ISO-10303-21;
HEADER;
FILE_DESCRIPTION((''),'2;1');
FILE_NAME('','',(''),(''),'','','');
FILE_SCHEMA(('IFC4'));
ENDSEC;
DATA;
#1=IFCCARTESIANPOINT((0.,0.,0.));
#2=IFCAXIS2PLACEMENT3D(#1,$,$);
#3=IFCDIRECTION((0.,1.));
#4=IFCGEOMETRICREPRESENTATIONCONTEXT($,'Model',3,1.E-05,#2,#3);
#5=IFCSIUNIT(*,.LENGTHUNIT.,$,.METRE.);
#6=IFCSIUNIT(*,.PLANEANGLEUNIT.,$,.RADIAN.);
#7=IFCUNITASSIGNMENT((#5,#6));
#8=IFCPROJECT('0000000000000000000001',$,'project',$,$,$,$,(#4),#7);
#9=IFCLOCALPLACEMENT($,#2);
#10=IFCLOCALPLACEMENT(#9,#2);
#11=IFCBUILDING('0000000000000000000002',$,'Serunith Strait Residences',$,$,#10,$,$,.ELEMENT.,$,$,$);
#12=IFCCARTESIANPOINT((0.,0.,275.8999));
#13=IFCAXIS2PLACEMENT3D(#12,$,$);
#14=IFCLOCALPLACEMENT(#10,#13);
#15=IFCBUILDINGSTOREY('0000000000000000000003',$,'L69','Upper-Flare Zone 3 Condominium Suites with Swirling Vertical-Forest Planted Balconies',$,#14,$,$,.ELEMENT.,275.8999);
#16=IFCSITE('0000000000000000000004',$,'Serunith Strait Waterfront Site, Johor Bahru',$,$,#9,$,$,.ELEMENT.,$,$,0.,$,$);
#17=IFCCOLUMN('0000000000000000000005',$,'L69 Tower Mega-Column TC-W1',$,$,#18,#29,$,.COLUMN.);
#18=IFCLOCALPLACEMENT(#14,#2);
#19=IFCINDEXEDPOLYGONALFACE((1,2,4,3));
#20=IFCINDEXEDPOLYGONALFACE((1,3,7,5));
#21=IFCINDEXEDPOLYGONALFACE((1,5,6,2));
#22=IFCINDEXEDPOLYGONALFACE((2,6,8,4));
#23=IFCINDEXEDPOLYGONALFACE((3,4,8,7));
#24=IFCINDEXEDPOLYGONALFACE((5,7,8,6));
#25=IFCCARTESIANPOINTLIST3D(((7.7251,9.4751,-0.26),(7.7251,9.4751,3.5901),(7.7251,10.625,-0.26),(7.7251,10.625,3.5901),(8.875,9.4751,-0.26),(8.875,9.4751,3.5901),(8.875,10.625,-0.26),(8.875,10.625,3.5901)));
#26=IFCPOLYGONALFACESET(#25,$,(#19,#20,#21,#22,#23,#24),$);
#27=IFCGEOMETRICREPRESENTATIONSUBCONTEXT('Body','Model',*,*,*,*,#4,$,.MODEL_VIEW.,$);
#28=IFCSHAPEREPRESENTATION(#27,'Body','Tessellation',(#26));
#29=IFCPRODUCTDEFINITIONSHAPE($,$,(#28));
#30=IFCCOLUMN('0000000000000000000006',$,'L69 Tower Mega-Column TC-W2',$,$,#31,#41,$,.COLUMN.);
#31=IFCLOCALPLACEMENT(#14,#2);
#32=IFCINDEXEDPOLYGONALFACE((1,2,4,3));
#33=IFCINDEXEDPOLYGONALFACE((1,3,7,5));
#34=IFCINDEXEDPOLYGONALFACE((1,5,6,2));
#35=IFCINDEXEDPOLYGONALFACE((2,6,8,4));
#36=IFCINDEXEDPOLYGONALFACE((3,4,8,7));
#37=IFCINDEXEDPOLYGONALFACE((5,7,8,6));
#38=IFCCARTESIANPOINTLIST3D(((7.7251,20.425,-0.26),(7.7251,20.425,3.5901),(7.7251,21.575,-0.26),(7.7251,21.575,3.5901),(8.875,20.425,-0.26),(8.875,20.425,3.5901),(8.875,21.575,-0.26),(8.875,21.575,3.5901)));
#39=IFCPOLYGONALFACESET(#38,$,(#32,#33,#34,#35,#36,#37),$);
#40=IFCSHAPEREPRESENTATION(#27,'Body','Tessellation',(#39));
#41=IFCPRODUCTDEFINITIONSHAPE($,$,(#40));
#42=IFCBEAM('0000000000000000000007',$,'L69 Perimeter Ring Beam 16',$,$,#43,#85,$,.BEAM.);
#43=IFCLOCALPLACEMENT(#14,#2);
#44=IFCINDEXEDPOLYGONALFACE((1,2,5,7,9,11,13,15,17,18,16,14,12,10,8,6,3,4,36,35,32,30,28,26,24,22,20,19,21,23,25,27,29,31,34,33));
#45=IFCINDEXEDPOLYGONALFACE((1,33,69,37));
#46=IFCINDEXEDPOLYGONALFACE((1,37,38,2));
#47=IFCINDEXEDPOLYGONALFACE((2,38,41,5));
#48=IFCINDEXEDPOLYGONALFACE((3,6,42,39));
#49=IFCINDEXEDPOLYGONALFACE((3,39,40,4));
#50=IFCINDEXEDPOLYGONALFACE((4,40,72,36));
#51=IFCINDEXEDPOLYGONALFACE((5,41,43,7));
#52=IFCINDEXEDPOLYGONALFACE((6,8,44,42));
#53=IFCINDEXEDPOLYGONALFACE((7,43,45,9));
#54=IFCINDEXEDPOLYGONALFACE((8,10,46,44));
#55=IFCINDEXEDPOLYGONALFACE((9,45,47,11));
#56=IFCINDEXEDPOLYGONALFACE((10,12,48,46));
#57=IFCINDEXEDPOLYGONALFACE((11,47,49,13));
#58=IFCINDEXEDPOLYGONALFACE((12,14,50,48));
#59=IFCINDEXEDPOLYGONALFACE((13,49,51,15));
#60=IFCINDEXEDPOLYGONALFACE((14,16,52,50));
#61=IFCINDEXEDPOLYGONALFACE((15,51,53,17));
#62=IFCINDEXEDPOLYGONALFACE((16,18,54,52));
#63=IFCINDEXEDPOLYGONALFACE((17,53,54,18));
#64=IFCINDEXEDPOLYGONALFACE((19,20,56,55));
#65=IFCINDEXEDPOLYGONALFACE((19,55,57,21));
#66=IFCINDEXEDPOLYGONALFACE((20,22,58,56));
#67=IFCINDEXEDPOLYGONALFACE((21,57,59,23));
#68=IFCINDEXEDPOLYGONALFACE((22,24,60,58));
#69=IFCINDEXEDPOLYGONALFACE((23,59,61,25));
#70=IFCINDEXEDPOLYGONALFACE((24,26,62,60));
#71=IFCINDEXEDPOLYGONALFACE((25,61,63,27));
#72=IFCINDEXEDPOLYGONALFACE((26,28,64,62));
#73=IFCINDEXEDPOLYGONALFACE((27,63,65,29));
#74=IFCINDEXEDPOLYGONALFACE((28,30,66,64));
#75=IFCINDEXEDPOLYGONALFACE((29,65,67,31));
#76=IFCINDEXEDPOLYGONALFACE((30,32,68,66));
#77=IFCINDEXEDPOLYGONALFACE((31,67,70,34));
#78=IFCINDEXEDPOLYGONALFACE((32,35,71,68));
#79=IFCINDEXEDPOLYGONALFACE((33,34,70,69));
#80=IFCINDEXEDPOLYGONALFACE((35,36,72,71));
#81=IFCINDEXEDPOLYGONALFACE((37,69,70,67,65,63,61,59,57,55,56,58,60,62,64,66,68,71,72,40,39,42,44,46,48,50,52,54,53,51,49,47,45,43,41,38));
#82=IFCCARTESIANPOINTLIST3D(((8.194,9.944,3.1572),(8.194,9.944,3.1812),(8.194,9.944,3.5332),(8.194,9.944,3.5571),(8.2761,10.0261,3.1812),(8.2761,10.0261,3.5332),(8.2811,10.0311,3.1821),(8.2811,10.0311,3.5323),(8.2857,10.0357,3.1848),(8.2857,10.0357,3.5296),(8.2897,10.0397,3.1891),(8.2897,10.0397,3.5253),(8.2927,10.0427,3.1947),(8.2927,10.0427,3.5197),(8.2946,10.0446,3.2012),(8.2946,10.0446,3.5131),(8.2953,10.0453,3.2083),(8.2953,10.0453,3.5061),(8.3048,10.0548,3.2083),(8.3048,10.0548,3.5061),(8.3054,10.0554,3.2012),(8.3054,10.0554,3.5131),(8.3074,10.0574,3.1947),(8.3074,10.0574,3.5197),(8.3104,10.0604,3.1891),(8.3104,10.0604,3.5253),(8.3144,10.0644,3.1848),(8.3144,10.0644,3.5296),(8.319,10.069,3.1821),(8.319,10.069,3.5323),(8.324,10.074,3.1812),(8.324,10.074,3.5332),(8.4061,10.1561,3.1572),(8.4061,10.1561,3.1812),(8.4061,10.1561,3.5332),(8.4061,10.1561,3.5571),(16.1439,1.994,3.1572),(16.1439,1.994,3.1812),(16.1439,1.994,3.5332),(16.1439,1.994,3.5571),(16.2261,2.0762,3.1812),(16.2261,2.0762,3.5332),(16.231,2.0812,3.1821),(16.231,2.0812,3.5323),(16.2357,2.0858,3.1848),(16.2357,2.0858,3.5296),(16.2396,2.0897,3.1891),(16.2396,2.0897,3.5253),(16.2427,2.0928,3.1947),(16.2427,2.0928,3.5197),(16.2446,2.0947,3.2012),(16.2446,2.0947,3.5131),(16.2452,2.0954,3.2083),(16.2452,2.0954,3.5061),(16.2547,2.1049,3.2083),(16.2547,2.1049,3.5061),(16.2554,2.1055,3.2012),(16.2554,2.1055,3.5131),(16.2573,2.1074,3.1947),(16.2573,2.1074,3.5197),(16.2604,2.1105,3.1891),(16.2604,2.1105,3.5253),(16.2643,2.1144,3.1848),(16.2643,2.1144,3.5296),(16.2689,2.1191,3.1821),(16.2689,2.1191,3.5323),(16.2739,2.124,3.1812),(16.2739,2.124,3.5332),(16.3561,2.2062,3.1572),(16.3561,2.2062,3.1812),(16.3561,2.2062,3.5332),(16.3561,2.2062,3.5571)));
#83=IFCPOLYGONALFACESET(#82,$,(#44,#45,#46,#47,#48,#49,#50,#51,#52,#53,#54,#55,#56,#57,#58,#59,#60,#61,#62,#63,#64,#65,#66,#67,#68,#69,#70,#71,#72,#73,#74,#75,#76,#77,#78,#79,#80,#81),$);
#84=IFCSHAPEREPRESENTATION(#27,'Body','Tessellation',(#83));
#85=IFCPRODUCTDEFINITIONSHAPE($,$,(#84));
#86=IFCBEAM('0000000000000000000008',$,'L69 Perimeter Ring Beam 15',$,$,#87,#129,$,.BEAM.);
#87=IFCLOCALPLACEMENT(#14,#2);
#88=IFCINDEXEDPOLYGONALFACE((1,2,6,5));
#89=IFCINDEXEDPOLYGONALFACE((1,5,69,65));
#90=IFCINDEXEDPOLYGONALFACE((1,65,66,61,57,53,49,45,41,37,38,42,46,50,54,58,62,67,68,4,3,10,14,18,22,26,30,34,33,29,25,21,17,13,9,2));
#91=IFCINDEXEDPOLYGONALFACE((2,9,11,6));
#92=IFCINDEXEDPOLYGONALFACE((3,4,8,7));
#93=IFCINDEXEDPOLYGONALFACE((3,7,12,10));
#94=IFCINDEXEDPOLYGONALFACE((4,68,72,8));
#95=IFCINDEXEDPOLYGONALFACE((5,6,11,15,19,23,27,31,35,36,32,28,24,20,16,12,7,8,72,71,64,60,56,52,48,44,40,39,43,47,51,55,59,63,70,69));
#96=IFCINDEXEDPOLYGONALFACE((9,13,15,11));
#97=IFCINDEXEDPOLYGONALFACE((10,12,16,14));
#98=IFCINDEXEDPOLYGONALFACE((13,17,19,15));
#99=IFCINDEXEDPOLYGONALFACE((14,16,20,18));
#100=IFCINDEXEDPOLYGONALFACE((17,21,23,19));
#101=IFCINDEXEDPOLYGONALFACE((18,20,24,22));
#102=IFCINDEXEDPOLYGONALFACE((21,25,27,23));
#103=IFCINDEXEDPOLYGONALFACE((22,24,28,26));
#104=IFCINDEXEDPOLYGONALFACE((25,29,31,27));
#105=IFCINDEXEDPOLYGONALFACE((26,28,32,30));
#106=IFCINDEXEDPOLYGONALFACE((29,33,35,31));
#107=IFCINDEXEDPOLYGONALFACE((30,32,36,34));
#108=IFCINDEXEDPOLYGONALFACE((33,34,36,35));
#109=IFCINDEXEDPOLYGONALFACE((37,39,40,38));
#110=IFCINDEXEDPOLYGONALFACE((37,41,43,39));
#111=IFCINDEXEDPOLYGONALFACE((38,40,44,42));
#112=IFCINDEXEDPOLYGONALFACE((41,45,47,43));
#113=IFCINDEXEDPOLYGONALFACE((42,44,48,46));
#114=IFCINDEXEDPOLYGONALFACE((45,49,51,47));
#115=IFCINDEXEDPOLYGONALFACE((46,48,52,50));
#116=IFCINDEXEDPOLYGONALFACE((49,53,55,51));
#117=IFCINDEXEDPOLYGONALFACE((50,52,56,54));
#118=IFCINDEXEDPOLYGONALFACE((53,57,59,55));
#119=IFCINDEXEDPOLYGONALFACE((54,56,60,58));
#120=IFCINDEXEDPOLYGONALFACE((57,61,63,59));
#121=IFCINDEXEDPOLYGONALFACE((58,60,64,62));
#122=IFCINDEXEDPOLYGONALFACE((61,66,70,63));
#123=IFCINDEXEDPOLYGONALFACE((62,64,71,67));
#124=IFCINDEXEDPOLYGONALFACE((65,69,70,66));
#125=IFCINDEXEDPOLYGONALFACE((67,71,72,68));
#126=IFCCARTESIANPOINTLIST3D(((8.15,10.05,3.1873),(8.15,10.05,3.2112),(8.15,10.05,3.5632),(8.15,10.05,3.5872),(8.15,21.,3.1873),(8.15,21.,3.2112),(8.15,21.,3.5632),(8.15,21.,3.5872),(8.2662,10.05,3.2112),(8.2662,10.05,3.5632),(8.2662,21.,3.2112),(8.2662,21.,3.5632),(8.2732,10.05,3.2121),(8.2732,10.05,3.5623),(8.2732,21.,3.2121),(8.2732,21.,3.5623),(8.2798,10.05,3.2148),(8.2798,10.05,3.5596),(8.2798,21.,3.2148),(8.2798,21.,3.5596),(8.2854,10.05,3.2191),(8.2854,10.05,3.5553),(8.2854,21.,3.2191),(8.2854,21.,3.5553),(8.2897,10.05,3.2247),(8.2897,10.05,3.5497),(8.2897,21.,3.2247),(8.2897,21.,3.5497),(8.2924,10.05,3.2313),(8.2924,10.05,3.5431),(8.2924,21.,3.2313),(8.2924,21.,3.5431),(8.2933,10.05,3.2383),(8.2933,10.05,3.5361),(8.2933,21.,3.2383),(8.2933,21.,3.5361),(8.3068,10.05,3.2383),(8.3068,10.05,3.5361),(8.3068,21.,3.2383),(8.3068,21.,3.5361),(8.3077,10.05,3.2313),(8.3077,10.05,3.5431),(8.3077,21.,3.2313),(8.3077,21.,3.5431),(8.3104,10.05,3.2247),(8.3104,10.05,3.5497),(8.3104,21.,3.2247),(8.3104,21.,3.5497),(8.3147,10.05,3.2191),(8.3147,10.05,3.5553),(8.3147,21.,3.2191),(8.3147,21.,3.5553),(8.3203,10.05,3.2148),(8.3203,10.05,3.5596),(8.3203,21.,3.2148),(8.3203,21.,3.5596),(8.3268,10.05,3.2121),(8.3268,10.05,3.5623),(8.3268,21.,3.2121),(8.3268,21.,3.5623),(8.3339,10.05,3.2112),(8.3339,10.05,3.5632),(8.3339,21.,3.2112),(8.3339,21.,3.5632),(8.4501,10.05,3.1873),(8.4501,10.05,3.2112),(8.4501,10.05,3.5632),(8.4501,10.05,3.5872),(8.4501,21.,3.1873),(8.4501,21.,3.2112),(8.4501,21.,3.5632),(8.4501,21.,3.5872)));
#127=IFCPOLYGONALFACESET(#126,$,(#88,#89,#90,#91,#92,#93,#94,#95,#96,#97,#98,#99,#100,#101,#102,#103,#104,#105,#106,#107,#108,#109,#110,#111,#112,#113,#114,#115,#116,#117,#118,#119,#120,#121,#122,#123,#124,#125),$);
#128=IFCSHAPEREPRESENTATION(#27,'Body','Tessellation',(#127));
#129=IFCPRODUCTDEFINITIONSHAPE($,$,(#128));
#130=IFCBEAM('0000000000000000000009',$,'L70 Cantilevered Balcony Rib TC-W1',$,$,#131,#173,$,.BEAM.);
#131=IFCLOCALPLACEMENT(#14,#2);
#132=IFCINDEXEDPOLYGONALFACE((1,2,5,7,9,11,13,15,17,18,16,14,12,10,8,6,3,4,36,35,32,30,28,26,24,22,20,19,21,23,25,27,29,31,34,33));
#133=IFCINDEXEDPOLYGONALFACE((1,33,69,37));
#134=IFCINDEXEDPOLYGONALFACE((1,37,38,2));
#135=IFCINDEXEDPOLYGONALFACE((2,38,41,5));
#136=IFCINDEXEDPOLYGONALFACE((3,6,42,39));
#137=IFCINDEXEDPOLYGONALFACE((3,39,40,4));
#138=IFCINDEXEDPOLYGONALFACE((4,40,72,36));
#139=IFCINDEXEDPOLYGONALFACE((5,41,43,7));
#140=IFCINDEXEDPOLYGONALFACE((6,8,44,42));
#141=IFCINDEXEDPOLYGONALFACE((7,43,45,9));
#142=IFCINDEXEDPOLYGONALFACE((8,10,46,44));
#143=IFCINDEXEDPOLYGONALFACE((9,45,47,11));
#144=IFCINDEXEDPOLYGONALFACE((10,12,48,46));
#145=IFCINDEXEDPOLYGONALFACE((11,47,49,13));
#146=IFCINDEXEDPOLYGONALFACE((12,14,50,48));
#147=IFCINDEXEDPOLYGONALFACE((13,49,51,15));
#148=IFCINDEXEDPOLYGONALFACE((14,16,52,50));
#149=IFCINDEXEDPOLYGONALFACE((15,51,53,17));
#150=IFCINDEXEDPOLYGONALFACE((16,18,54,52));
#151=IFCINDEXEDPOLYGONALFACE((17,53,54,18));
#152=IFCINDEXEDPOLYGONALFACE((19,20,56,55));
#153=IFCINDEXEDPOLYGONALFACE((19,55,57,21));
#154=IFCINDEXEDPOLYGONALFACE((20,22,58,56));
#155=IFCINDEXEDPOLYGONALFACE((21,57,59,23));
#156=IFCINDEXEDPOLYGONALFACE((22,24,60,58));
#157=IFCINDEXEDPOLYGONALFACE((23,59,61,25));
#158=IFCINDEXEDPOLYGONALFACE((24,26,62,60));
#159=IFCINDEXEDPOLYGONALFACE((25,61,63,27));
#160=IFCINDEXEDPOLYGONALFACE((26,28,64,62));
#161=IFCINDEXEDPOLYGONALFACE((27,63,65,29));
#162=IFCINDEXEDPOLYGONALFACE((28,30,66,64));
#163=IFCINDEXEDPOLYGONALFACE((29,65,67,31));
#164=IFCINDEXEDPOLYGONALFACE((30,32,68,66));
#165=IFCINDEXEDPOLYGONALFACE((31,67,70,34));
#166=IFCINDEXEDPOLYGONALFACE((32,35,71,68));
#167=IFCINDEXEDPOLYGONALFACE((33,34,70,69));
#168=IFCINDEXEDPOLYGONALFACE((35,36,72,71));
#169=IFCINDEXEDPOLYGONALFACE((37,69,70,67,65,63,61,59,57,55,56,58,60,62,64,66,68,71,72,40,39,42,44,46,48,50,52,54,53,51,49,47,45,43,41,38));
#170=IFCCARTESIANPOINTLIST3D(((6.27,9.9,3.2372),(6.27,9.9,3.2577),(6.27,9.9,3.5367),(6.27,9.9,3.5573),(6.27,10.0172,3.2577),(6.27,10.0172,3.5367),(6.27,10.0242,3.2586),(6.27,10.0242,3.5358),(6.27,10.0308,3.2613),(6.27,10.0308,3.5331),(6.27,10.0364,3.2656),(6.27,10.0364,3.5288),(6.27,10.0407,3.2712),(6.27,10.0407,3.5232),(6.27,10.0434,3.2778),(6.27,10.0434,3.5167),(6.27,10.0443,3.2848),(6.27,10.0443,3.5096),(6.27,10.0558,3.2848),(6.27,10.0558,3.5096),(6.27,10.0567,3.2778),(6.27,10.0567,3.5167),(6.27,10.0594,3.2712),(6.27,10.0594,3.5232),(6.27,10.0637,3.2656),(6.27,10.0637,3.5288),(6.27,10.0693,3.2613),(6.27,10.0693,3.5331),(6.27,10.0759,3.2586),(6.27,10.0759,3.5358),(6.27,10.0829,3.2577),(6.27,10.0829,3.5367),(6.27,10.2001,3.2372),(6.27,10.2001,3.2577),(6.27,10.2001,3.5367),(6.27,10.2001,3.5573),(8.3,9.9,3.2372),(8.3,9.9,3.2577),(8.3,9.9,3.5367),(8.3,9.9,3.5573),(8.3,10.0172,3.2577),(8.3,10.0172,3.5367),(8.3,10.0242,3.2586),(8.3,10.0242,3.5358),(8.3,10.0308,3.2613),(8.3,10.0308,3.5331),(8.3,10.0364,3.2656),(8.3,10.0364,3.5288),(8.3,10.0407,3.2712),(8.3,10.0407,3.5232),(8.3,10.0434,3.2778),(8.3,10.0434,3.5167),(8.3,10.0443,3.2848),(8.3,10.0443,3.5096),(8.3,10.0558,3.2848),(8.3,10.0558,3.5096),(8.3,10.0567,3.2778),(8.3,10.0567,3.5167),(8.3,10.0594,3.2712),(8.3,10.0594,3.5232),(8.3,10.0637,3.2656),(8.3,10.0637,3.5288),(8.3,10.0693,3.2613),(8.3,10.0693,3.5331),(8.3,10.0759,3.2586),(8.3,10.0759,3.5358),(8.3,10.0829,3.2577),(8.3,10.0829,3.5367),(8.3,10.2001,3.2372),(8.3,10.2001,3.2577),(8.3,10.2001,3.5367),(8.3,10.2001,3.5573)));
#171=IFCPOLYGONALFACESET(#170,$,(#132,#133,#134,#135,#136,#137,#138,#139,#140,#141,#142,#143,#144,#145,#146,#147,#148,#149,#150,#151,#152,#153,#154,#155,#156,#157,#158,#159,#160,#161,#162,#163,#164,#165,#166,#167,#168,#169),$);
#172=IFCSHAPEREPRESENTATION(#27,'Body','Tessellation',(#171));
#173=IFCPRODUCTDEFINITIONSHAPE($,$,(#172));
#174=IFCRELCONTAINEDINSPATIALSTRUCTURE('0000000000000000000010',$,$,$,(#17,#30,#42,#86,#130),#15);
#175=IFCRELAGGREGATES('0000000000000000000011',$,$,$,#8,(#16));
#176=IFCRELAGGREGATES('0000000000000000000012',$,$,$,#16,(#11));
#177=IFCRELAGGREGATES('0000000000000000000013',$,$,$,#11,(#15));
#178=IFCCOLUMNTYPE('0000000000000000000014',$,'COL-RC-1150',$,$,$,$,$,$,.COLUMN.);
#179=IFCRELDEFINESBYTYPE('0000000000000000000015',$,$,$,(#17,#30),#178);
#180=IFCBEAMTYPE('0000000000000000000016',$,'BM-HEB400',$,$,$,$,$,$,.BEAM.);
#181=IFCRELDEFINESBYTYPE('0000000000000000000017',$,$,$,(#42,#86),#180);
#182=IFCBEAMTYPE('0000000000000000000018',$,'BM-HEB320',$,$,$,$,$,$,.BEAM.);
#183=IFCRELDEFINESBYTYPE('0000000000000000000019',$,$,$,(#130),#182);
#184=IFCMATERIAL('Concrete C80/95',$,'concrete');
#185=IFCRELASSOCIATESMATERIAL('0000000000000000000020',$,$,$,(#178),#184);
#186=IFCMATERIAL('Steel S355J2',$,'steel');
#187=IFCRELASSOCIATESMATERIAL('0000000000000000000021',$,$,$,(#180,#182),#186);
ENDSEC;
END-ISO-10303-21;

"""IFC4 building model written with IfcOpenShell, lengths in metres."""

from ifc_helpers import new_model, si_unit, direction, frame, origin, origin_2d, place, context, subcontext, project, spatial, rectangle, i_section, extrude, source, transform, mapped, material, material_profile, profile_set, type_object, element, save


model = new_model("IFC4")

# Units and contexts
model_context = context("Model", 3, precision=1e-05, world=origin(), true_north=direction((0.0, 1.0)))
body_context = subcontext(model_context, "Body", "Model", "MODEL_VIEW")
ifc_project = project(units=[si_unit("LENGTHUNIT", "METRE"), si_unit("PLANEANGLEUNIT", "RADIAN")], contexts=[model_context])

# Site, building, storey
site_placement = place(None, origin())
site = spatial("IfcSite", under=ifc_project, at=site_placement, Name="Serunith Strait Waterfront Site, Johor Bahru", CompositionType="ELEMENT", RefElevation=0.0)
building_placement = place(site_placement, origin())
building = spatial("IfcBuilding", under=site, at=building_placement, Name="Serunith Strait Residences", CompositionType="ELEMENT")
storey_placement = place(building_placement, frame((0.0, 0.0, 275.8999)))
storey = spatial("IfcBuildingStorey", under=building, at=storey_placement, Name="L69", Description="Upper-Flare Zone 3 Condominium Suites with Swirling Vertical-Forest Planted Balconies", CompositionType="ELEMENT", Elevation=275.8999)

# Columns
ifc_material_1 = material(Name="Concrete C80/95", Category="concrete")
ifc_material_profile_1 = material_profile(ifc_material_1, rectangle(XDim=1.1499, YDim=1.1499, at=origin_2d()), Name="RC 1150x1150")
ifc_profile_set_1 = profile_set([ifc_material_profile_1], Name="Concrete C80/95")
column_type = type_object("IfcColumnType", Name="COL-RC-1150", PredefinedType="COLUMN", material=ifc_profile_set_1)
shared_shape_1 = source(origin(), body_context, "Body", "SweptSolid", [
    extrude(rectangle(XDim=1.1499, YDim=1.1499, at=origin_2d()), origin(), (0.0, 0.0, 1.0), 3.8501),
])
for number, where, z_axis, x_axis, name in (
    (1, (8.3, 10.05, -0.26), (0.0, 0.0, 1.0), (1.0, 0.0, 0.0), "L69 Tower Mega-Column TC-W1"),
    (2, (8.3, 21.0, -0.26), (0.0, 0.0, 1.0), (1.0, 0.0, 0.0), "L69 Tower Mega-Column TC-W2"),
):
    element("IfcColumn", number, at=place(storey_placement, frame(where, z_axis=z_axis, x_axis=x_axis)), inside=storey, type_object=column_type, Name=name, PredefinedType="COLUMN", context=body_context, shape_type="MappedRepresentation", body=[
        mapped(shared_shape_1, transform((0.0, 0.0, 0.0), scale=1.0)),
    ])

# Beams
ifc_material_2 = material(Name="Steel S355J2", Category="steel")
ifc_material_profile_2 = material_profile(ifc_material_2, i_section(OverallWidth=0.3, OverallDepth=0.3999, WebThickness=0.0134, FlangeThickness=0.0239, FilletRadius=0.0271, at=origin_2d()), Name="HEB 400")
ifc_profile_set_2 = profile_set([ifc_material_profile_2], Name="Steel S355J2")
beam_type_1 = type_object("IfcBeamType", Name="BM-HEB400", PredefinedType="BEAM", material=ifc_profile_set_2)
shared_shape_2 = source(origin(), body_context, "Body", "SweptSolid", [
    extrude(i_section(OverallWidth=0.3, OverallDepth=0.3999, WebThickness=0.0134, FlangeThickness=0.0239, FilletRadius=0.0271, at=origin_2d()), origin(), (0.0, 0.0, 1.0), 11.2429),
])
beam_1_placement = place(storey_placement, frame((8.3, 10.05, 3.3572), z_axis=(0.707107, -0.707107, 0.0), x_axis=(0.707107, 0.707107, 0.0)))
element("IfcBeam", 3, at=beam_1_placement, inside=storey, type_object=beam_type_1, Name="L69 Perimeter Ring Beam 16", PredefinedType="BEAM", context=body_context, shape_type="MappedRepresentation", body=[
    mapped(shared_shape_2, transform((0.0, 0.0, 0.0), scale=1.0)),
])
shared_shape_3 = source(origin(), body_context, "Body", "SweptSolid", [
    extrude(i_section(OverallWidth=0.3, OverallDepth=0.3999, WebThickness=0.0134, FlangeThickness=0.0239, FilletRadius=0.0271, at=origin_2d()), origin(), (0.0, 0.0, 1.0), 10.95),
])
beam_2_placement = place(storey_placement, frame((8.3, 21.0, 3.3872), z_axis=(0.0, -1.0, 0.0), x_axis=(1.0, 0.0, 0.0)))
element("IfcBeam", 4, at=beam_2_placement, inside=storey, type_object=beam_type_1, Name="L69 Perimeter Ring Beam 15", PredefinedType="BEAM", context=body_context, shape_type="MappedRepresentation", body=[
    mapped(shared_shape_3, transform((0.0, 0.0, 0.0), scale=1.0)),
])
ifc_material_profile_3 = material_profile(ifc_material_2, i_section(OverallWidth=0.3, OverallDepth=0.3201, WebThickness=0.0115, FlangeThickness=0.0205, FilletRadius=0.0271, at=origin_2d()), Name="HEB 320")
ifc_profile_set_3 = profile_set([ifc_material_profile_3], Name="Steel S355J2")
beam_type_2 = type_object("IfcBeamType", Name="BM-HEB320", PredefinedType="BEAM", material=ifc_profile_set_3)
shared_shape_4 = source(origin(), body_context, "Body", "SweptSolid", [
    extrude(i_section(OverallWidth=0.3, OverallDepth=0.3201, WebThickness=0.0115, FlangeThickness=0.0205, FilletRadius=0.0271, at=origin_2d()), origin(), (0.0, 0.0, 1.0), 2.03),
])
for number, where, z_axis, x_axis, name in (
    (5, (8.3, 10.05, 3.3972), (-1.0, 0.0, 0.0), (0.0, -1.0, 0.0), "L70 Cantilevered Balcony Rib TC-W1"),
):
    element("IfcBeam", number, at=place(storey_placement, frame(where, z_axis=z_axis, x_axis=x_axis)), inside=storey, type_object=beam_type_2, Name=name, PredefinedType="BEAM", context=body_context, shape_type="MappedRepresentation", body=[
        mapped(shared_shape_4, transform((0.0, 0.0, 0.0), scale=1.0)),
    ])

save(model, "model.ifc")
